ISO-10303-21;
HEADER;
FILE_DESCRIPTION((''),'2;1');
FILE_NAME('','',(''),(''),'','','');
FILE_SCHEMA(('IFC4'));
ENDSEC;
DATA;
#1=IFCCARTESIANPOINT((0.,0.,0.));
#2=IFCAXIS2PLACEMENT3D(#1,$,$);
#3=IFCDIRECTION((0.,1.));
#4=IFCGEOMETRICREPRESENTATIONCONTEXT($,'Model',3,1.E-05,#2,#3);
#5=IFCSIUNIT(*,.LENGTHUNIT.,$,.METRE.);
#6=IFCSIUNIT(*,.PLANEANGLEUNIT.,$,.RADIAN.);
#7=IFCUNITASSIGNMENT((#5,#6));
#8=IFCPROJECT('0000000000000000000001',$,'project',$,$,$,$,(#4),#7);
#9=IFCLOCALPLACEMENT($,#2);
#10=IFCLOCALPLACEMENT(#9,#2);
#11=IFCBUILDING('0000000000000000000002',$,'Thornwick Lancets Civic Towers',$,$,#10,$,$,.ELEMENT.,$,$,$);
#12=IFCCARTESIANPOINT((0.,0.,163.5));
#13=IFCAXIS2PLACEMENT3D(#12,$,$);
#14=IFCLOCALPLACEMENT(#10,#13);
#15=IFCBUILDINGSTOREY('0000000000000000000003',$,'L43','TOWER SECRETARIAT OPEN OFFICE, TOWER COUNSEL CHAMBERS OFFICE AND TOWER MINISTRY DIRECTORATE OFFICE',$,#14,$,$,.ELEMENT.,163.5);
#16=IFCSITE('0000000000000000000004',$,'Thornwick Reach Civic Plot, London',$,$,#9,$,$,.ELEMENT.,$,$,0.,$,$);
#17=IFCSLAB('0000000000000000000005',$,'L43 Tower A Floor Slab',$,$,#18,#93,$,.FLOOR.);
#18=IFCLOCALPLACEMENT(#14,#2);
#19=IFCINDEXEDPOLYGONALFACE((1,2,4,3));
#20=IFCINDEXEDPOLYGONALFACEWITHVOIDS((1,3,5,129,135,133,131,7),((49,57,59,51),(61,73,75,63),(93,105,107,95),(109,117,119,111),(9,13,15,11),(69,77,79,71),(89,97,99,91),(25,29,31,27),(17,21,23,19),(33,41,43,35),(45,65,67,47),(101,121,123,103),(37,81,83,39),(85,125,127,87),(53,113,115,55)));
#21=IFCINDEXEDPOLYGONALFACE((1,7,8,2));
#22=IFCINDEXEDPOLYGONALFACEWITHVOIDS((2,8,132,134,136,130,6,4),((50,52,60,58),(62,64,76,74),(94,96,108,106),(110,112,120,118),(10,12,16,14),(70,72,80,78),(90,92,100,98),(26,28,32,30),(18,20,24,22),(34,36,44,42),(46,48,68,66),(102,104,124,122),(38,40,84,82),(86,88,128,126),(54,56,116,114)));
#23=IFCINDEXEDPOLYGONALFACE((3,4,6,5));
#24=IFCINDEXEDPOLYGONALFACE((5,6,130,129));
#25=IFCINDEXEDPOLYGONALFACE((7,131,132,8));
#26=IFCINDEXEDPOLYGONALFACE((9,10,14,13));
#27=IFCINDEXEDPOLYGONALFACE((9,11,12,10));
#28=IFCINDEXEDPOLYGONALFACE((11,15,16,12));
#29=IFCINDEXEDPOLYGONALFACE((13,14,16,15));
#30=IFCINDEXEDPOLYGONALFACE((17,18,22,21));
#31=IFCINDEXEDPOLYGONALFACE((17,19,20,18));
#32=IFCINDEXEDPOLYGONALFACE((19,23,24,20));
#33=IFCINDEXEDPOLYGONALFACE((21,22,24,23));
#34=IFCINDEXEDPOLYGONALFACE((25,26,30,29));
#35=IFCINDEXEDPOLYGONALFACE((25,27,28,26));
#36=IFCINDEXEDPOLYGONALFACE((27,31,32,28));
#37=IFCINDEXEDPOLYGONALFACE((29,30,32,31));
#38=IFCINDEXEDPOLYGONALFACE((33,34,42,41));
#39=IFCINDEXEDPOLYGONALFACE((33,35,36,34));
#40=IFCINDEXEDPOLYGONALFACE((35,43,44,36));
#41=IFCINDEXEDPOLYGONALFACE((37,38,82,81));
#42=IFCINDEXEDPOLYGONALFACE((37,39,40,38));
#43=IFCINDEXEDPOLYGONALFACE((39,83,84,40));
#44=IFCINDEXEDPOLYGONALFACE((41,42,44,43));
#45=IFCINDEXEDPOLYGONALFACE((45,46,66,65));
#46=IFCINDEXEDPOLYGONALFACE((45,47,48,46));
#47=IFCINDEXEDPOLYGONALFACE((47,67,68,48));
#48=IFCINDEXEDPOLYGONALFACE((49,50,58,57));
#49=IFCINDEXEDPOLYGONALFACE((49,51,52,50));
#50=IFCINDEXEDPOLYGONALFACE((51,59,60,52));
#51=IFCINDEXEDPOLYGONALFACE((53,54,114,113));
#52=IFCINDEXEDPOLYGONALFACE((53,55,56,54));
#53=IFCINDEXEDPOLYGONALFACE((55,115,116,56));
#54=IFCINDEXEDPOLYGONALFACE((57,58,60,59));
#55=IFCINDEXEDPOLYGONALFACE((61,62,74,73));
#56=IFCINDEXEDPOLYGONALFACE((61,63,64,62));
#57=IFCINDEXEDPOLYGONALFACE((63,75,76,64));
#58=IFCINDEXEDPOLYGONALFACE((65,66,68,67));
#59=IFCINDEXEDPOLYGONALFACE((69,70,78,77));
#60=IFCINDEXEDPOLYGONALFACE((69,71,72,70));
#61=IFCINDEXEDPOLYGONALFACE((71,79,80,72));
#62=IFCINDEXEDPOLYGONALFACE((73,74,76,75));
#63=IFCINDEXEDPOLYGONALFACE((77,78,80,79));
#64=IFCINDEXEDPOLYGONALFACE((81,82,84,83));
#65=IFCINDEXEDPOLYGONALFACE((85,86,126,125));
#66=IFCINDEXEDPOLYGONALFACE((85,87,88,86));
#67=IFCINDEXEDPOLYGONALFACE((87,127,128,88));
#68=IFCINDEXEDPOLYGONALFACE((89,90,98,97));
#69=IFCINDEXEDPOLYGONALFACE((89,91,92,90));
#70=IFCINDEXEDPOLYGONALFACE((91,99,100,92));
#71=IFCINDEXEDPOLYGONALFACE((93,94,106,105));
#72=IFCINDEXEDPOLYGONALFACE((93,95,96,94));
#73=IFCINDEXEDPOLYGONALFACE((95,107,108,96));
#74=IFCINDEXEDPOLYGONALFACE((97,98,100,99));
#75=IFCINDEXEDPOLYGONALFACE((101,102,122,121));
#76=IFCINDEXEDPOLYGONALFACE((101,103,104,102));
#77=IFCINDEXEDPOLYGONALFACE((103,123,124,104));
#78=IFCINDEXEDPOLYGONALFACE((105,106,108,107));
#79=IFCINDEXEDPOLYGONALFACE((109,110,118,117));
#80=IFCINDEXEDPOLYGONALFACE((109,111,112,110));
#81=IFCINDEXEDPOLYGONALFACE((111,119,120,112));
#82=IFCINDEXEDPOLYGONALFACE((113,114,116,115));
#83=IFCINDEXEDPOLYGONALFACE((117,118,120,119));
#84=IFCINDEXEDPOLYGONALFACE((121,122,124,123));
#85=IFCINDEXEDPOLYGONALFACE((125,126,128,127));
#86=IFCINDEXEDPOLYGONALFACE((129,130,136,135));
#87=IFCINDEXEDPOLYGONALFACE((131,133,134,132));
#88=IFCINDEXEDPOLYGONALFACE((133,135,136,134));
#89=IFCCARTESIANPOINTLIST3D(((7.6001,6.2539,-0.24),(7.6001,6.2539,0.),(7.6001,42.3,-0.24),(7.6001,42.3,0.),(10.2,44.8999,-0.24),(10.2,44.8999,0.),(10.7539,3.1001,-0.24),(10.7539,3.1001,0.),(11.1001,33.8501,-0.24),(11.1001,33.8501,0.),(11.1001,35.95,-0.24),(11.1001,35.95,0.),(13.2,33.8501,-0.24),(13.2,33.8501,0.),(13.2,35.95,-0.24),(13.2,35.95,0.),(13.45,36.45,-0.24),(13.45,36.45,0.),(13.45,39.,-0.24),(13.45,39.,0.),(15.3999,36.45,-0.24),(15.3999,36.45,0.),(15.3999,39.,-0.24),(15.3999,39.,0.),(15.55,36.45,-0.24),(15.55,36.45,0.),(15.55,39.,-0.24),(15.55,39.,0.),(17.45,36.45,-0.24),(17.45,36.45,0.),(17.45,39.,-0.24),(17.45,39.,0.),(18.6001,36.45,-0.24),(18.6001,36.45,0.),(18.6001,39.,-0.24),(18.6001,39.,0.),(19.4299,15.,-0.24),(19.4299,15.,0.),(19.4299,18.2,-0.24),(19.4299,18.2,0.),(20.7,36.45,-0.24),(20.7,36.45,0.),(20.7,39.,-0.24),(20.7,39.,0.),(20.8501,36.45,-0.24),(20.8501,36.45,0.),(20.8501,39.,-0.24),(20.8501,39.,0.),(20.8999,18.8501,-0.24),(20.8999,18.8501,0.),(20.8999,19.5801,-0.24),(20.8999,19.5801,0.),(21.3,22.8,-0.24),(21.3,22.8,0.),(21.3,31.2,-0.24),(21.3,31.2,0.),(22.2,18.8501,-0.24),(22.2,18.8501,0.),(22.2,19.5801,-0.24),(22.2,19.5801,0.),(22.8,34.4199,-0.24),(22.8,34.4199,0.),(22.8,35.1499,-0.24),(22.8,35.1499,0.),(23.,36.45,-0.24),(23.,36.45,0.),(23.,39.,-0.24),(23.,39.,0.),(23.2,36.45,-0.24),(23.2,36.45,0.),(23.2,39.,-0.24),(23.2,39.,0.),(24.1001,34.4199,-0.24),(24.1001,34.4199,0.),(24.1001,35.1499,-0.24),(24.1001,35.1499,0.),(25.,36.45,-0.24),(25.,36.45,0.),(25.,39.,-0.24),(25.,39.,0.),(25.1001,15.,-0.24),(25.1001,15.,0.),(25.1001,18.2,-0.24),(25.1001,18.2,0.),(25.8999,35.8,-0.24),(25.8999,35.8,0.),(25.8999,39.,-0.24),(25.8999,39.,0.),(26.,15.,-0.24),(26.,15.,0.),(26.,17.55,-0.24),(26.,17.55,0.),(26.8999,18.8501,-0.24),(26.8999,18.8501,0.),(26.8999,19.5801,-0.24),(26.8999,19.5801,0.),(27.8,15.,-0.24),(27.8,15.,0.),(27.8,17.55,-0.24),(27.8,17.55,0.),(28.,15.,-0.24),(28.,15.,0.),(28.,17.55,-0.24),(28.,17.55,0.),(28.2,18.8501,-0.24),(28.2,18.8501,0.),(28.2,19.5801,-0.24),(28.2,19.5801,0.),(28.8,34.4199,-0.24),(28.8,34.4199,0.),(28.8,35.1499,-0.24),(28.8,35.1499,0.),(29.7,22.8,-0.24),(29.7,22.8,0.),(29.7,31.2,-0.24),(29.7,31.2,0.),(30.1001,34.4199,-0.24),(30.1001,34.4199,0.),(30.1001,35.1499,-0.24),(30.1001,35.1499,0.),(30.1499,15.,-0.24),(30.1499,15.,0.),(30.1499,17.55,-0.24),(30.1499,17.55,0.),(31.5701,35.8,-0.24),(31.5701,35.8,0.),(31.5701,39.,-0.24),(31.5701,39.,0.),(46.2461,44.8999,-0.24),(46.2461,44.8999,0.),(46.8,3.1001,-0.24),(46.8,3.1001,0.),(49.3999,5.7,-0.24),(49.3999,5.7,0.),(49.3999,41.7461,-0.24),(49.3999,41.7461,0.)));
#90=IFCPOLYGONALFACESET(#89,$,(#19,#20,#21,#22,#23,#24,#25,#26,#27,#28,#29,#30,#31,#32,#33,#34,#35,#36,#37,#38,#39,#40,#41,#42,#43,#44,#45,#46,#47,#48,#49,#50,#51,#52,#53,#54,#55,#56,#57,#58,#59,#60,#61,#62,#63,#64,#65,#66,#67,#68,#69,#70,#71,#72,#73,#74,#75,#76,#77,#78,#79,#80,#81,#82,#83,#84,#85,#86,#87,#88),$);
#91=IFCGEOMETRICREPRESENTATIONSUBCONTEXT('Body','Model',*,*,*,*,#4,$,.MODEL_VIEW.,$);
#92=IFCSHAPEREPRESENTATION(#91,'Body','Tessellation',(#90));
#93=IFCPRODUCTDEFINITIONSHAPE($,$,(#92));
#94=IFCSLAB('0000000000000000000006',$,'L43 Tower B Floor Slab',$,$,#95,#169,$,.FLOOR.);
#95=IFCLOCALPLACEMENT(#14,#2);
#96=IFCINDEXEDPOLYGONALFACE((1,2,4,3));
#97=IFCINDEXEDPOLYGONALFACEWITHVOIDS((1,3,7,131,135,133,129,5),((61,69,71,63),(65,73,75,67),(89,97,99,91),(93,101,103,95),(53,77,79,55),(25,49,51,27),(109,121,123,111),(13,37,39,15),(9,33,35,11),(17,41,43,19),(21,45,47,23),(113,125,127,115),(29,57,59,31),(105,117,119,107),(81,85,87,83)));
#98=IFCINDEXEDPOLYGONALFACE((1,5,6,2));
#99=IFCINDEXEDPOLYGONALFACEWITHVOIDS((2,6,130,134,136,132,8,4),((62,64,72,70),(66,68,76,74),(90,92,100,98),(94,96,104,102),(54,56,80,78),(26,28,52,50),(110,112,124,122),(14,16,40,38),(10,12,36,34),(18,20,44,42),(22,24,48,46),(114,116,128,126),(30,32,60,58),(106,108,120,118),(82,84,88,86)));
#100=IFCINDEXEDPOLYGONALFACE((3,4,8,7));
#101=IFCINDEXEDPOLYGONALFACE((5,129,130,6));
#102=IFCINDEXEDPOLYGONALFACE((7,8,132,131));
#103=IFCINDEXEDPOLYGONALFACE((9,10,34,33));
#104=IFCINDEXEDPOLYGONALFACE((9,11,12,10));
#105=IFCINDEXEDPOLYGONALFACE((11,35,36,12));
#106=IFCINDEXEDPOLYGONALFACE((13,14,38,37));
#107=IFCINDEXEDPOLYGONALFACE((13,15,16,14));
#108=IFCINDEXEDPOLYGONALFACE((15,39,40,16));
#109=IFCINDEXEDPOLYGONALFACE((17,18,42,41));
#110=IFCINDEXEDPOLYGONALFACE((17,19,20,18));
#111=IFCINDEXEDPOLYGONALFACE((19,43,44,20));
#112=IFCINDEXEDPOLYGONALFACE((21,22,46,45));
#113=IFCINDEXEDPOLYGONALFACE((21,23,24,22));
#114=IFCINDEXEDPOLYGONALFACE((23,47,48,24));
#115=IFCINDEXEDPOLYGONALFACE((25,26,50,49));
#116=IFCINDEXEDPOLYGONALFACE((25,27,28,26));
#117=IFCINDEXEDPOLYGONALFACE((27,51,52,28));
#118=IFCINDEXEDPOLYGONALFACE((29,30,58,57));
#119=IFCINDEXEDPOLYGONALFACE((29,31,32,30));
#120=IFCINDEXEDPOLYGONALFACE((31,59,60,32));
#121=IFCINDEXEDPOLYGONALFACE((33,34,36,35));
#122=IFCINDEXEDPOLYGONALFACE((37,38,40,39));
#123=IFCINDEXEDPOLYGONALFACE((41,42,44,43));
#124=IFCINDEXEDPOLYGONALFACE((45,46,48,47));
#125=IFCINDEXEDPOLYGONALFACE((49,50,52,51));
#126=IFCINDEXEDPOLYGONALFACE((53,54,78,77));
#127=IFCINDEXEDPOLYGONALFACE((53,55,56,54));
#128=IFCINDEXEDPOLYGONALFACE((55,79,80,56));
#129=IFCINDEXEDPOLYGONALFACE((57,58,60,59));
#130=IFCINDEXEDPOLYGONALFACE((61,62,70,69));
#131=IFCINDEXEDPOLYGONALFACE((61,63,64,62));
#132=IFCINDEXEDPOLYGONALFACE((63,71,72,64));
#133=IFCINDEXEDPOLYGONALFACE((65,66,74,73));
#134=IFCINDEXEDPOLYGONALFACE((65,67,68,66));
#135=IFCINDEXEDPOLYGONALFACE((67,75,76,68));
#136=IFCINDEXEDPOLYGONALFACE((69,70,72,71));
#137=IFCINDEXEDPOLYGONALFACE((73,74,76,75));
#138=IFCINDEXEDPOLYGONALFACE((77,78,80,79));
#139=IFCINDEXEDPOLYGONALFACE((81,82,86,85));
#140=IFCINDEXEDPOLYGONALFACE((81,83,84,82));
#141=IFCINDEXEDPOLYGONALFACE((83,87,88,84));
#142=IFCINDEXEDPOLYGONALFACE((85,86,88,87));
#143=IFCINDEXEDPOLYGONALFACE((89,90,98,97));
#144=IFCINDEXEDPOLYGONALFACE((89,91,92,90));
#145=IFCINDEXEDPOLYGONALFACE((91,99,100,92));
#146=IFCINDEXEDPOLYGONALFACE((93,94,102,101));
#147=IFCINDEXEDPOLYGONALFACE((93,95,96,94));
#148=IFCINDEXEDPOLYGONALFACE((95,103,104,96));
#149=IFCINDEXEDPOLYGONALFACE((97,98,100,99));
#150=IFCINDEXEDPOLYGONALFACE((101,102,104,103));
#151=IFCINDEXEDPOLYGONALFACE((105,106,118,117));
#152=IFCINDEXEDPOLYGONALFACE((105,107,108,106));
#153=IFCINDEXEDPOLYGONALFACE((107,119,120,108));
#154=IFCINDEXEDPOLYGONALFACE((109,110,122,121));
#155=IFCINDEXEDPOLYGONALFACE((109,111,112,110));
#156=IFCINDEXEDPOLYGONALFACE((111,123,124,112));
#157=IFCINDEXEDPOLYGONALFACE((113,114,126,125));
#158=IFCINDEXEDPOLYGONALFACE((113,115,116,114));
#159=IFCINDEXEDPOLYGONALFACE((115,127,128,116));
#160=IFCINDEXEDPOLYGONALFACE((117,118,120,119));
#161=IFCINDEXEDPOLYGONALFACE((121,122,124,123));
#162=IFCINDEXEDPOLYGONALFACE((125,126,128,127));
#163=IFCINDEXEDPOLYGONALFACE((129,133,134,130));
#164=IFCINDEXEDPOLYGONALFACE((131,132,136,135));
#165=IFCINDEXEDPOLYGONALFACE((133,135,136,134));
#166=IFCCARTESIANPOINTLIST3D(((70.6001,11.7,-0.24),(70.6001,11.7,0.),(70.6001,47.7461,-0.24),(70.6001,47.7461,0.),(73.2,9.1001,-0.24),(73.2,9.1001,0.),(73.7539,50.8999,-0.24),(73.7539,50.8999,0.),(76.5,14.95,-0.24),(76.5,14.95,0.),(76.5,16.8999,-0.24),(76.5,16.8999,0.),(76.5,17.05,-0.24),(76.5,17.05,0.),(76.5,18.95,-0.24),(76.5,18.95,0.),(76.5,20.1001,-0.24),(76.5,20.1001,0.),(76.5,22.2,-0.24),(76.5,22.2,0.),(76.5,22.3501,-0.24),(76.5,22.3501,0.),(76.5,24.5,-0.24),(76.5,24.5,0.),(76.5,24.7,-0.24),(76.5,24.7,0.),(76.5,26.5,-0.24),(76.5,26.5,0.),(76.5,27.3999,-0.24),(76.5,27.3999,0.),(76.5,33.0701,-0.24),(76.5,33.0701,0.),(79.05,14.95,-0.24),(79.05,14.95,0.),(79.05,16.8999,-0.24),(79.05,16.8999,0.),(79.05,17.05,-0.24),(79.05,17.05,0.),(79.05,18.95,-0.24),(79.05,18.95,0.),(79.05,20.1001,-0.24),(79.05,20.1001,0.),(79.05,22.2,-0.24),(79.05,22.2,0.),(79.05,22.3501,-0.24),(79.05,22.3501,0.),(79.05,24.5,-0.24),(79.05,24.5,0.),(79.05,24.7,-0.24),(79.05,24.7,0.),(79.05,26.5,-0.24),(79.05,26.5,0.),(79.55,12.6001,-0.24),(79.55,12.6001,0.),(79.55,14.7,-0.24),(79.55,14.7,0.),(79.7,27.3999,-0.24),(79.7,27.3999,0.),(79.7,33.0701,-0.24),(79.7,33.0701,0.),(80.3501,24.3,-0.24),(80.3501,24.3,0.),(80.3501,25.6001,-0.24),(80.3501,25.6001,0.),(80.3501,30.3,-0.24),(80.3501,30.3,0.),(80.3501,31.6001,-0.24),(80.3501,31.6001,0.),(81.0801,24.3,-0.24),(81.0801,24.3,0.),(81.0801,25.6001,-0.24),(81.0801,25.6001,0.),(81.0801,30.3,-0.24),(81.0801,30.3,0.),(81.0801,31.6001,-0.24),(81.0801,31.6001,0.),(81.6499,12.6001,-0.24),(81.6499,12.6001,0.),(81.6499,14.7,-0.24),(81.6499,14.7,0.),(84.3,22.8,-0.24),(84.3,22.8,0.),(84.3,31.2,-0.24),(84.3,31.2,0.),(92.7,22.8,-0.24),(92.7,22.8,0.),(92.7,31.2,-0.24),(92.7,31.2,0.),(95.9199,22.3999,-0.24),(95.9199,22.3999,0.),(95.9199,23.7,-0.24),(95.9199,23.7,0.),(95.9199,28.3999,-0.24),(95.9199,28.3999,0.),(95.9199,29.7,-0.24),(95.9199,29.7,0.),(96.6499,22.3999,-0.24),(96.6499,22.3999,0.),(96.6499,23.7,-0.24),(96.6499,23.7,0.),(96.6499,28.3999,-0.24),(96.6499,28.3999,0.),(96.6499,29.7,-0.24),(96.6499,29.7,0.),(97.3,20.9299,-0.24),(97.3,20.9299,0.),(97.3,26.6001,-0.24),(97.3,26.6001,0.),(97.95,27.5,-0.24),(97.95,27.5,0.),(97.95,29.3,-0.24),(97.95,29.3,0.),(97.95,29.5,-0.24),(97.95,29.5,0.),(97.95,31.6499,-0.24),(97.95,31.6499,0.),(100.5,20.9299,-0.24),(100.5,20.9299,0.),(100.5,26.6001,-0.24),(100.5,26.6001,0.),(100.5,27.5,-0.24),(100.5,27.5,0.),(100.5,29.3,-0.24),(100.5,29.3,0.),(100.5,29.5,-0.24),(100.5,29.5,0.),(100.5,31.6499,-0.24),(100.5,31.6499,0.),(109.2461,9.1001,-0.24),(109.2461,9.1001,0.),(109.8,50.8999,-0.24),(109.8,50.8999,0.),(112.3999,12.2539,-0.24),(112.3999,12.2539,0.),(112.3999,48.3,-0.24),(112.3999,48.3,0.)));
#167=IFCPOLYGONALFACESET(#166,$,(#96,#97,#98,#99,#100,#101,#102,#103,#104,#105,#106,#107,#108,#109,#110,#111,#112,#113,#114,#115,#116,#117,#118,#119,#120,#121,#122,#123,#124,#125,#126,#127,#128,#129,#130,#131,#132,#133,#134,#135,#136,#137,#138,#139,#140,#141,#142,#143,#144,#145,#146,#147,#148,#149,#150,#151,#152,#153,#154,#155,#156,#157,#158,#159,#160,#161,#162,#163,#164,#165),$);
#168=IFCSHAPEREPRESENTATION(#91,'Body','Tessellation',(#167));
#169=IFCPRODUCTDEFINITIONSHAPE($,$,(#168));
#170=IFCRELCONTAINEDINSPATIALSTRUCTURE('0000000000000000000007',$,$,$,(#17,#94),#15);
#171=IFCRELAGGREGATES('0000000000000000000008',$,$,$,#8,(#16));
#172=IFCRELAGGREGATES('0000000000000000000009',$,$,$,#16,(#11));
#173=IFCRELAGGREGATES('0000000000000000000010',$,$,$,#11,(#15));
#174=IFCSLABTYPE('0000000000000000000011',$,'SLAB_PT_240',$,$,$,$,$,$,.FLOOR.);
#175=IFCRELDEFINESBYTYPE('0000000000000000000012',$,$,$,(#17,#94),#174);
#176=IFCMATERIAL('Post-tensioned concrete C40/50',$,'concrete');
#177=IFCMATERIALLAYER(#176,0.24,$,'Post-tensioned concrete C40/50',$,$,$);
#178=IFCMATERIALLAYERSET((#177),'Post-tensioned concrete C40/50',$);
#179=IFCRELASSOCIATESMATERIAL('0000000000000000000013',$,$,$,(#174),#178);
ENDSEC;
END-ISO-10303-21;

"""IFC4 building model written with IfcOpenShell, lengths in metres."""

from ifc_helpers import new_model, si_unit, direction, frame, origin, place, context, subcontext, project, spatial, polyline, outline, extrude, material, layer, layer_set, type_object, element, save


model = new_model("IFC4")

# Units and contexts
model_context = context("Model", 3, precision=1e-05, world=origin(), true_north=direction((0.0, 1.0)))
body_context = subcontext(model_context, "Body", "Model", "MODEL_VIEW")
ifc_project = project(units=[si_unit("LENGTHUNIT", "METRE"), si_unit("PLANEANGLEUNIT", "RADIAN")], contexts=[model_context])

# Site, building, storey
site_placement = place(None, origin())
site = spatial("IfcSite", under=ifc_project, at=site_placement, Name="Thornwick Reach Civic Plot, London", CompositionType="ELEMENT", RefElevation=0.0)
building_placement = place(site_placement, origin())
building = spatial("IfcBuilding", under=site, at=building_placement, Name="Thornwick Lancets Civic Towers", CompositionType="ELEMENT")
storey_placement = place(building_placement, frame((0.0, 0.0, 163.5)))
storey = spatial("IfcBuildingStorey", under=building, at=storey_placement, Name="L43", Description="TOWER SECRETARIAT OPEN OFFICE, TOWER COUNSEL CHAMBERS OFFICE AND TOWER MINISTRY DIRECTORATE OFFICE", CompositionType="ELEMENT", Elevation=163.5)

# Shared definitions
ifc_material_1 = material(Name="Post-tensioned concrete C40/50", Category="concrete")

# Slabs
ifc_layer_1 = layer(ifc_material_1, 0.24, Name="Post-tensioned concrete C40/50")
ifc_layer_set_1 = layer_set([ifc_layer_1], Name="Post-tensioned concrete C40/50")
slab_type_1 = type_object("IfcSlabType", Name="SLAB_PT_240", PredefinedType="FLOOR", material=ifc_layer_set_1)
slab_1_placement = place(storey_placement, frame((0.0, 0.0, -0.24)))
element("IfcSlab", 1, at=slab_1_placement, inside=storey, type_object=slab_type_1, Name="L43 Tower A Floor Slab", PredefinedType="FLOOR", context=body_context, shape_type="SweptSolid", body=[
    extrude(outline(polyline([(10.7539, 3.1001), (46.8, 3.1001), (49.3999, 5.7), (49.3999, 41.7461), (46.2461, 44.8999), (10.2, 44.8999), (7.6001, 42.3), (7.6001, 6.2539), (10.7539, 3.1001)]), holes=[polyline([(21.3, 22.8), (29.7, 22.8), (29.7, 31.2), (21.3, 31.2), (21.3, 22.8)]), polyline([(19.4299, 15.0), (25.1001, 15.0), (25.1001, 18.2), (19.4299, 18.2), (19.4299, 15.0)]), polyline([(31.5701, 39.0), (25.8999, 39.0), (25.8999, 35.8), (31.5701, 35.8), (31.5701, 39.0)]), polyline([(26.0, 15.0), (27.8, 15.0), (27.8, 17.55), (26.0, 17.55), (26.0, 15.0)]), polyline([(28.0, 15.0), (30.1499, 15.0), (30.1499, 17.55), (28.0, 17.55), (28.0, 15.0)]), polyline([(23.2, 36.45), (25.0, 36.45), (25.0, 39.0), (23.2, 39.0), (23.2, 36.45)]), polyline([(20.8501, 36.45), (23.0, 36.45), (23.0, 39.0), (20.8501, 39.0), (20.8501, 36.45)]), polyline([(18.6001, 36.45), (20.7, 36.45), (20.7, 39.0), (18.6001, 39.0), (18.6001, 36.45)]), polyline([(15.55, 36.45), (17.45, 36.45), (17.45, 39.0), (15.55, 39.0), (15.55, 36.45)]), polyline([(13.45, 36.45), (15.3999, 36.45), (15.3999, 39.0), (13.45, 39.0), (13.45, 36.45)]), polyline([(11.1001, 33.8501), (13.2, 33.8501), (13.2, 35.95), (11.1001, 35.95), (11.1001, 33.8501)]), polyline([(26.8999, 18.8501), (28.2, 18.8501), (28.2, 19.5801), (26.8999, 19.5801), (26.8999, 18.8501)]), polyline([(20.8999, 18.8501), (22.2, 18.8501), (22.2, 19.5801), (20.8999, 19.5801), (20.8999, 18.8501)]), polyline([(22.8, 34.4199), (24.1001, 34.4199), (24.1001, 35.1499), (22.8, 35.1499), (22.8, 34.4199)]), polyline([(28.8, 34.4199), (30.1001, 34.4199), (30.1001, 35.1499), (28.8, 35.1499), (28.8, 34.4199)])]), origin(), (0.0, 0.0, 1.0), 0.24),
])
slab_2_placement = place(storey_placement, frame((0.0, 0.0, -0.24)))
element("IfcSlab", 2, at=slab_2_placement, inside=storey, type_object=slab_type_1, Name="L43 Tower B Floor Slab", PredefinedType="FLOOR", context=body_context, shape_type="SweptSolid", body=[
    extrude(outline(polyline([(73.2, 9.1001), (109.2461, 9.1001), (112.3999, 12.2539), (112.3999, 48.3), (109.8, 50.8999), (73.7539, 50.8999), (70.6001, 47.7461), (70.6001, 11.7), (73.2, 9.1001)]), holes=[polyline([(84.3, 22.8), (92.7, 22.8), (92.7, 31.2), (84.3, 31.2), (84.3, 22.8)]), polyline([(100.5, 20.9299), (100.5, 26.6001), (97.3, 26.6001), (97.3, 20.9299), (100.5, 20.9299)]), polyline([(76.5, 33.0701), (76.5, 27.3999), (79.7, 27.3999), (79.7, 33.0701), (76.5, 33.0701)]), polyline([(97.95, 27.5), (100.5, 27.5), (100.5, 29.3), (97.95, 29.3), (97.95, 27.5)]), polyline([(97.95, 29.5), (100.5, 29.5), (100.5, 31.6499), (97.95, 31.6499), (97.95, 29.5)]), polyline([(76.5, 24.7), (79.05, 24.7), (79.05, 26.5), (76.5, 26.5), (76.5, 24.7)]), polyline([(76.5, 22.3501), (79.05, 22.3501), (79.05, 24.5), (76.5, 24.5), (76.5, 22.3501)]), polyline([(76.5, 20.1001), (79.05, 20.1001), (79.05, 22.2), (76.5, 22.2), (76.5, 20.1001)]), polyline([(76.5, 17.05), (79.05, 17.05), (79.05, 18.95), (76.5, 18.95), (76.5, 17.05)]), polyline([(76.5, 14.95), (79.05, 14.95), (79.05, 16.8999), (76.5, 16.8999), (76.5, 14.95)]), polyline([(79.55, 12.6001), (81.6499, 12.6001), (81.6499, 14.7), (79.55, 14.7), (79.55, 12.6001)]), polyline([(95.9199, 28.3999), (96.6499, 28.3999), (96.6499, 29.7), (95.9199, 29.7), (95.9199, 28.3999)]), polyline([(95.9199, 22.3999), (96.6499, 22.3999), (96.6499, 23.7), (95.9199, 23.7), (95.9199, 22.3999)]), polyline([(80.3501, 24.3), (81.0801, 24.3), (81.0801, 25.6001), (80.3501, 25.6001), (80.3501, 24.3)]), polyline([(80.3501, 30.3), (81.0801, 30.3), (81.0801, 31.6001), (80.3501, 31.6001), (80.3501, 30.3)])]), origin(), (0.0, 0.0, 1.0), 0.24),
])

save(model, "model.ifc")
